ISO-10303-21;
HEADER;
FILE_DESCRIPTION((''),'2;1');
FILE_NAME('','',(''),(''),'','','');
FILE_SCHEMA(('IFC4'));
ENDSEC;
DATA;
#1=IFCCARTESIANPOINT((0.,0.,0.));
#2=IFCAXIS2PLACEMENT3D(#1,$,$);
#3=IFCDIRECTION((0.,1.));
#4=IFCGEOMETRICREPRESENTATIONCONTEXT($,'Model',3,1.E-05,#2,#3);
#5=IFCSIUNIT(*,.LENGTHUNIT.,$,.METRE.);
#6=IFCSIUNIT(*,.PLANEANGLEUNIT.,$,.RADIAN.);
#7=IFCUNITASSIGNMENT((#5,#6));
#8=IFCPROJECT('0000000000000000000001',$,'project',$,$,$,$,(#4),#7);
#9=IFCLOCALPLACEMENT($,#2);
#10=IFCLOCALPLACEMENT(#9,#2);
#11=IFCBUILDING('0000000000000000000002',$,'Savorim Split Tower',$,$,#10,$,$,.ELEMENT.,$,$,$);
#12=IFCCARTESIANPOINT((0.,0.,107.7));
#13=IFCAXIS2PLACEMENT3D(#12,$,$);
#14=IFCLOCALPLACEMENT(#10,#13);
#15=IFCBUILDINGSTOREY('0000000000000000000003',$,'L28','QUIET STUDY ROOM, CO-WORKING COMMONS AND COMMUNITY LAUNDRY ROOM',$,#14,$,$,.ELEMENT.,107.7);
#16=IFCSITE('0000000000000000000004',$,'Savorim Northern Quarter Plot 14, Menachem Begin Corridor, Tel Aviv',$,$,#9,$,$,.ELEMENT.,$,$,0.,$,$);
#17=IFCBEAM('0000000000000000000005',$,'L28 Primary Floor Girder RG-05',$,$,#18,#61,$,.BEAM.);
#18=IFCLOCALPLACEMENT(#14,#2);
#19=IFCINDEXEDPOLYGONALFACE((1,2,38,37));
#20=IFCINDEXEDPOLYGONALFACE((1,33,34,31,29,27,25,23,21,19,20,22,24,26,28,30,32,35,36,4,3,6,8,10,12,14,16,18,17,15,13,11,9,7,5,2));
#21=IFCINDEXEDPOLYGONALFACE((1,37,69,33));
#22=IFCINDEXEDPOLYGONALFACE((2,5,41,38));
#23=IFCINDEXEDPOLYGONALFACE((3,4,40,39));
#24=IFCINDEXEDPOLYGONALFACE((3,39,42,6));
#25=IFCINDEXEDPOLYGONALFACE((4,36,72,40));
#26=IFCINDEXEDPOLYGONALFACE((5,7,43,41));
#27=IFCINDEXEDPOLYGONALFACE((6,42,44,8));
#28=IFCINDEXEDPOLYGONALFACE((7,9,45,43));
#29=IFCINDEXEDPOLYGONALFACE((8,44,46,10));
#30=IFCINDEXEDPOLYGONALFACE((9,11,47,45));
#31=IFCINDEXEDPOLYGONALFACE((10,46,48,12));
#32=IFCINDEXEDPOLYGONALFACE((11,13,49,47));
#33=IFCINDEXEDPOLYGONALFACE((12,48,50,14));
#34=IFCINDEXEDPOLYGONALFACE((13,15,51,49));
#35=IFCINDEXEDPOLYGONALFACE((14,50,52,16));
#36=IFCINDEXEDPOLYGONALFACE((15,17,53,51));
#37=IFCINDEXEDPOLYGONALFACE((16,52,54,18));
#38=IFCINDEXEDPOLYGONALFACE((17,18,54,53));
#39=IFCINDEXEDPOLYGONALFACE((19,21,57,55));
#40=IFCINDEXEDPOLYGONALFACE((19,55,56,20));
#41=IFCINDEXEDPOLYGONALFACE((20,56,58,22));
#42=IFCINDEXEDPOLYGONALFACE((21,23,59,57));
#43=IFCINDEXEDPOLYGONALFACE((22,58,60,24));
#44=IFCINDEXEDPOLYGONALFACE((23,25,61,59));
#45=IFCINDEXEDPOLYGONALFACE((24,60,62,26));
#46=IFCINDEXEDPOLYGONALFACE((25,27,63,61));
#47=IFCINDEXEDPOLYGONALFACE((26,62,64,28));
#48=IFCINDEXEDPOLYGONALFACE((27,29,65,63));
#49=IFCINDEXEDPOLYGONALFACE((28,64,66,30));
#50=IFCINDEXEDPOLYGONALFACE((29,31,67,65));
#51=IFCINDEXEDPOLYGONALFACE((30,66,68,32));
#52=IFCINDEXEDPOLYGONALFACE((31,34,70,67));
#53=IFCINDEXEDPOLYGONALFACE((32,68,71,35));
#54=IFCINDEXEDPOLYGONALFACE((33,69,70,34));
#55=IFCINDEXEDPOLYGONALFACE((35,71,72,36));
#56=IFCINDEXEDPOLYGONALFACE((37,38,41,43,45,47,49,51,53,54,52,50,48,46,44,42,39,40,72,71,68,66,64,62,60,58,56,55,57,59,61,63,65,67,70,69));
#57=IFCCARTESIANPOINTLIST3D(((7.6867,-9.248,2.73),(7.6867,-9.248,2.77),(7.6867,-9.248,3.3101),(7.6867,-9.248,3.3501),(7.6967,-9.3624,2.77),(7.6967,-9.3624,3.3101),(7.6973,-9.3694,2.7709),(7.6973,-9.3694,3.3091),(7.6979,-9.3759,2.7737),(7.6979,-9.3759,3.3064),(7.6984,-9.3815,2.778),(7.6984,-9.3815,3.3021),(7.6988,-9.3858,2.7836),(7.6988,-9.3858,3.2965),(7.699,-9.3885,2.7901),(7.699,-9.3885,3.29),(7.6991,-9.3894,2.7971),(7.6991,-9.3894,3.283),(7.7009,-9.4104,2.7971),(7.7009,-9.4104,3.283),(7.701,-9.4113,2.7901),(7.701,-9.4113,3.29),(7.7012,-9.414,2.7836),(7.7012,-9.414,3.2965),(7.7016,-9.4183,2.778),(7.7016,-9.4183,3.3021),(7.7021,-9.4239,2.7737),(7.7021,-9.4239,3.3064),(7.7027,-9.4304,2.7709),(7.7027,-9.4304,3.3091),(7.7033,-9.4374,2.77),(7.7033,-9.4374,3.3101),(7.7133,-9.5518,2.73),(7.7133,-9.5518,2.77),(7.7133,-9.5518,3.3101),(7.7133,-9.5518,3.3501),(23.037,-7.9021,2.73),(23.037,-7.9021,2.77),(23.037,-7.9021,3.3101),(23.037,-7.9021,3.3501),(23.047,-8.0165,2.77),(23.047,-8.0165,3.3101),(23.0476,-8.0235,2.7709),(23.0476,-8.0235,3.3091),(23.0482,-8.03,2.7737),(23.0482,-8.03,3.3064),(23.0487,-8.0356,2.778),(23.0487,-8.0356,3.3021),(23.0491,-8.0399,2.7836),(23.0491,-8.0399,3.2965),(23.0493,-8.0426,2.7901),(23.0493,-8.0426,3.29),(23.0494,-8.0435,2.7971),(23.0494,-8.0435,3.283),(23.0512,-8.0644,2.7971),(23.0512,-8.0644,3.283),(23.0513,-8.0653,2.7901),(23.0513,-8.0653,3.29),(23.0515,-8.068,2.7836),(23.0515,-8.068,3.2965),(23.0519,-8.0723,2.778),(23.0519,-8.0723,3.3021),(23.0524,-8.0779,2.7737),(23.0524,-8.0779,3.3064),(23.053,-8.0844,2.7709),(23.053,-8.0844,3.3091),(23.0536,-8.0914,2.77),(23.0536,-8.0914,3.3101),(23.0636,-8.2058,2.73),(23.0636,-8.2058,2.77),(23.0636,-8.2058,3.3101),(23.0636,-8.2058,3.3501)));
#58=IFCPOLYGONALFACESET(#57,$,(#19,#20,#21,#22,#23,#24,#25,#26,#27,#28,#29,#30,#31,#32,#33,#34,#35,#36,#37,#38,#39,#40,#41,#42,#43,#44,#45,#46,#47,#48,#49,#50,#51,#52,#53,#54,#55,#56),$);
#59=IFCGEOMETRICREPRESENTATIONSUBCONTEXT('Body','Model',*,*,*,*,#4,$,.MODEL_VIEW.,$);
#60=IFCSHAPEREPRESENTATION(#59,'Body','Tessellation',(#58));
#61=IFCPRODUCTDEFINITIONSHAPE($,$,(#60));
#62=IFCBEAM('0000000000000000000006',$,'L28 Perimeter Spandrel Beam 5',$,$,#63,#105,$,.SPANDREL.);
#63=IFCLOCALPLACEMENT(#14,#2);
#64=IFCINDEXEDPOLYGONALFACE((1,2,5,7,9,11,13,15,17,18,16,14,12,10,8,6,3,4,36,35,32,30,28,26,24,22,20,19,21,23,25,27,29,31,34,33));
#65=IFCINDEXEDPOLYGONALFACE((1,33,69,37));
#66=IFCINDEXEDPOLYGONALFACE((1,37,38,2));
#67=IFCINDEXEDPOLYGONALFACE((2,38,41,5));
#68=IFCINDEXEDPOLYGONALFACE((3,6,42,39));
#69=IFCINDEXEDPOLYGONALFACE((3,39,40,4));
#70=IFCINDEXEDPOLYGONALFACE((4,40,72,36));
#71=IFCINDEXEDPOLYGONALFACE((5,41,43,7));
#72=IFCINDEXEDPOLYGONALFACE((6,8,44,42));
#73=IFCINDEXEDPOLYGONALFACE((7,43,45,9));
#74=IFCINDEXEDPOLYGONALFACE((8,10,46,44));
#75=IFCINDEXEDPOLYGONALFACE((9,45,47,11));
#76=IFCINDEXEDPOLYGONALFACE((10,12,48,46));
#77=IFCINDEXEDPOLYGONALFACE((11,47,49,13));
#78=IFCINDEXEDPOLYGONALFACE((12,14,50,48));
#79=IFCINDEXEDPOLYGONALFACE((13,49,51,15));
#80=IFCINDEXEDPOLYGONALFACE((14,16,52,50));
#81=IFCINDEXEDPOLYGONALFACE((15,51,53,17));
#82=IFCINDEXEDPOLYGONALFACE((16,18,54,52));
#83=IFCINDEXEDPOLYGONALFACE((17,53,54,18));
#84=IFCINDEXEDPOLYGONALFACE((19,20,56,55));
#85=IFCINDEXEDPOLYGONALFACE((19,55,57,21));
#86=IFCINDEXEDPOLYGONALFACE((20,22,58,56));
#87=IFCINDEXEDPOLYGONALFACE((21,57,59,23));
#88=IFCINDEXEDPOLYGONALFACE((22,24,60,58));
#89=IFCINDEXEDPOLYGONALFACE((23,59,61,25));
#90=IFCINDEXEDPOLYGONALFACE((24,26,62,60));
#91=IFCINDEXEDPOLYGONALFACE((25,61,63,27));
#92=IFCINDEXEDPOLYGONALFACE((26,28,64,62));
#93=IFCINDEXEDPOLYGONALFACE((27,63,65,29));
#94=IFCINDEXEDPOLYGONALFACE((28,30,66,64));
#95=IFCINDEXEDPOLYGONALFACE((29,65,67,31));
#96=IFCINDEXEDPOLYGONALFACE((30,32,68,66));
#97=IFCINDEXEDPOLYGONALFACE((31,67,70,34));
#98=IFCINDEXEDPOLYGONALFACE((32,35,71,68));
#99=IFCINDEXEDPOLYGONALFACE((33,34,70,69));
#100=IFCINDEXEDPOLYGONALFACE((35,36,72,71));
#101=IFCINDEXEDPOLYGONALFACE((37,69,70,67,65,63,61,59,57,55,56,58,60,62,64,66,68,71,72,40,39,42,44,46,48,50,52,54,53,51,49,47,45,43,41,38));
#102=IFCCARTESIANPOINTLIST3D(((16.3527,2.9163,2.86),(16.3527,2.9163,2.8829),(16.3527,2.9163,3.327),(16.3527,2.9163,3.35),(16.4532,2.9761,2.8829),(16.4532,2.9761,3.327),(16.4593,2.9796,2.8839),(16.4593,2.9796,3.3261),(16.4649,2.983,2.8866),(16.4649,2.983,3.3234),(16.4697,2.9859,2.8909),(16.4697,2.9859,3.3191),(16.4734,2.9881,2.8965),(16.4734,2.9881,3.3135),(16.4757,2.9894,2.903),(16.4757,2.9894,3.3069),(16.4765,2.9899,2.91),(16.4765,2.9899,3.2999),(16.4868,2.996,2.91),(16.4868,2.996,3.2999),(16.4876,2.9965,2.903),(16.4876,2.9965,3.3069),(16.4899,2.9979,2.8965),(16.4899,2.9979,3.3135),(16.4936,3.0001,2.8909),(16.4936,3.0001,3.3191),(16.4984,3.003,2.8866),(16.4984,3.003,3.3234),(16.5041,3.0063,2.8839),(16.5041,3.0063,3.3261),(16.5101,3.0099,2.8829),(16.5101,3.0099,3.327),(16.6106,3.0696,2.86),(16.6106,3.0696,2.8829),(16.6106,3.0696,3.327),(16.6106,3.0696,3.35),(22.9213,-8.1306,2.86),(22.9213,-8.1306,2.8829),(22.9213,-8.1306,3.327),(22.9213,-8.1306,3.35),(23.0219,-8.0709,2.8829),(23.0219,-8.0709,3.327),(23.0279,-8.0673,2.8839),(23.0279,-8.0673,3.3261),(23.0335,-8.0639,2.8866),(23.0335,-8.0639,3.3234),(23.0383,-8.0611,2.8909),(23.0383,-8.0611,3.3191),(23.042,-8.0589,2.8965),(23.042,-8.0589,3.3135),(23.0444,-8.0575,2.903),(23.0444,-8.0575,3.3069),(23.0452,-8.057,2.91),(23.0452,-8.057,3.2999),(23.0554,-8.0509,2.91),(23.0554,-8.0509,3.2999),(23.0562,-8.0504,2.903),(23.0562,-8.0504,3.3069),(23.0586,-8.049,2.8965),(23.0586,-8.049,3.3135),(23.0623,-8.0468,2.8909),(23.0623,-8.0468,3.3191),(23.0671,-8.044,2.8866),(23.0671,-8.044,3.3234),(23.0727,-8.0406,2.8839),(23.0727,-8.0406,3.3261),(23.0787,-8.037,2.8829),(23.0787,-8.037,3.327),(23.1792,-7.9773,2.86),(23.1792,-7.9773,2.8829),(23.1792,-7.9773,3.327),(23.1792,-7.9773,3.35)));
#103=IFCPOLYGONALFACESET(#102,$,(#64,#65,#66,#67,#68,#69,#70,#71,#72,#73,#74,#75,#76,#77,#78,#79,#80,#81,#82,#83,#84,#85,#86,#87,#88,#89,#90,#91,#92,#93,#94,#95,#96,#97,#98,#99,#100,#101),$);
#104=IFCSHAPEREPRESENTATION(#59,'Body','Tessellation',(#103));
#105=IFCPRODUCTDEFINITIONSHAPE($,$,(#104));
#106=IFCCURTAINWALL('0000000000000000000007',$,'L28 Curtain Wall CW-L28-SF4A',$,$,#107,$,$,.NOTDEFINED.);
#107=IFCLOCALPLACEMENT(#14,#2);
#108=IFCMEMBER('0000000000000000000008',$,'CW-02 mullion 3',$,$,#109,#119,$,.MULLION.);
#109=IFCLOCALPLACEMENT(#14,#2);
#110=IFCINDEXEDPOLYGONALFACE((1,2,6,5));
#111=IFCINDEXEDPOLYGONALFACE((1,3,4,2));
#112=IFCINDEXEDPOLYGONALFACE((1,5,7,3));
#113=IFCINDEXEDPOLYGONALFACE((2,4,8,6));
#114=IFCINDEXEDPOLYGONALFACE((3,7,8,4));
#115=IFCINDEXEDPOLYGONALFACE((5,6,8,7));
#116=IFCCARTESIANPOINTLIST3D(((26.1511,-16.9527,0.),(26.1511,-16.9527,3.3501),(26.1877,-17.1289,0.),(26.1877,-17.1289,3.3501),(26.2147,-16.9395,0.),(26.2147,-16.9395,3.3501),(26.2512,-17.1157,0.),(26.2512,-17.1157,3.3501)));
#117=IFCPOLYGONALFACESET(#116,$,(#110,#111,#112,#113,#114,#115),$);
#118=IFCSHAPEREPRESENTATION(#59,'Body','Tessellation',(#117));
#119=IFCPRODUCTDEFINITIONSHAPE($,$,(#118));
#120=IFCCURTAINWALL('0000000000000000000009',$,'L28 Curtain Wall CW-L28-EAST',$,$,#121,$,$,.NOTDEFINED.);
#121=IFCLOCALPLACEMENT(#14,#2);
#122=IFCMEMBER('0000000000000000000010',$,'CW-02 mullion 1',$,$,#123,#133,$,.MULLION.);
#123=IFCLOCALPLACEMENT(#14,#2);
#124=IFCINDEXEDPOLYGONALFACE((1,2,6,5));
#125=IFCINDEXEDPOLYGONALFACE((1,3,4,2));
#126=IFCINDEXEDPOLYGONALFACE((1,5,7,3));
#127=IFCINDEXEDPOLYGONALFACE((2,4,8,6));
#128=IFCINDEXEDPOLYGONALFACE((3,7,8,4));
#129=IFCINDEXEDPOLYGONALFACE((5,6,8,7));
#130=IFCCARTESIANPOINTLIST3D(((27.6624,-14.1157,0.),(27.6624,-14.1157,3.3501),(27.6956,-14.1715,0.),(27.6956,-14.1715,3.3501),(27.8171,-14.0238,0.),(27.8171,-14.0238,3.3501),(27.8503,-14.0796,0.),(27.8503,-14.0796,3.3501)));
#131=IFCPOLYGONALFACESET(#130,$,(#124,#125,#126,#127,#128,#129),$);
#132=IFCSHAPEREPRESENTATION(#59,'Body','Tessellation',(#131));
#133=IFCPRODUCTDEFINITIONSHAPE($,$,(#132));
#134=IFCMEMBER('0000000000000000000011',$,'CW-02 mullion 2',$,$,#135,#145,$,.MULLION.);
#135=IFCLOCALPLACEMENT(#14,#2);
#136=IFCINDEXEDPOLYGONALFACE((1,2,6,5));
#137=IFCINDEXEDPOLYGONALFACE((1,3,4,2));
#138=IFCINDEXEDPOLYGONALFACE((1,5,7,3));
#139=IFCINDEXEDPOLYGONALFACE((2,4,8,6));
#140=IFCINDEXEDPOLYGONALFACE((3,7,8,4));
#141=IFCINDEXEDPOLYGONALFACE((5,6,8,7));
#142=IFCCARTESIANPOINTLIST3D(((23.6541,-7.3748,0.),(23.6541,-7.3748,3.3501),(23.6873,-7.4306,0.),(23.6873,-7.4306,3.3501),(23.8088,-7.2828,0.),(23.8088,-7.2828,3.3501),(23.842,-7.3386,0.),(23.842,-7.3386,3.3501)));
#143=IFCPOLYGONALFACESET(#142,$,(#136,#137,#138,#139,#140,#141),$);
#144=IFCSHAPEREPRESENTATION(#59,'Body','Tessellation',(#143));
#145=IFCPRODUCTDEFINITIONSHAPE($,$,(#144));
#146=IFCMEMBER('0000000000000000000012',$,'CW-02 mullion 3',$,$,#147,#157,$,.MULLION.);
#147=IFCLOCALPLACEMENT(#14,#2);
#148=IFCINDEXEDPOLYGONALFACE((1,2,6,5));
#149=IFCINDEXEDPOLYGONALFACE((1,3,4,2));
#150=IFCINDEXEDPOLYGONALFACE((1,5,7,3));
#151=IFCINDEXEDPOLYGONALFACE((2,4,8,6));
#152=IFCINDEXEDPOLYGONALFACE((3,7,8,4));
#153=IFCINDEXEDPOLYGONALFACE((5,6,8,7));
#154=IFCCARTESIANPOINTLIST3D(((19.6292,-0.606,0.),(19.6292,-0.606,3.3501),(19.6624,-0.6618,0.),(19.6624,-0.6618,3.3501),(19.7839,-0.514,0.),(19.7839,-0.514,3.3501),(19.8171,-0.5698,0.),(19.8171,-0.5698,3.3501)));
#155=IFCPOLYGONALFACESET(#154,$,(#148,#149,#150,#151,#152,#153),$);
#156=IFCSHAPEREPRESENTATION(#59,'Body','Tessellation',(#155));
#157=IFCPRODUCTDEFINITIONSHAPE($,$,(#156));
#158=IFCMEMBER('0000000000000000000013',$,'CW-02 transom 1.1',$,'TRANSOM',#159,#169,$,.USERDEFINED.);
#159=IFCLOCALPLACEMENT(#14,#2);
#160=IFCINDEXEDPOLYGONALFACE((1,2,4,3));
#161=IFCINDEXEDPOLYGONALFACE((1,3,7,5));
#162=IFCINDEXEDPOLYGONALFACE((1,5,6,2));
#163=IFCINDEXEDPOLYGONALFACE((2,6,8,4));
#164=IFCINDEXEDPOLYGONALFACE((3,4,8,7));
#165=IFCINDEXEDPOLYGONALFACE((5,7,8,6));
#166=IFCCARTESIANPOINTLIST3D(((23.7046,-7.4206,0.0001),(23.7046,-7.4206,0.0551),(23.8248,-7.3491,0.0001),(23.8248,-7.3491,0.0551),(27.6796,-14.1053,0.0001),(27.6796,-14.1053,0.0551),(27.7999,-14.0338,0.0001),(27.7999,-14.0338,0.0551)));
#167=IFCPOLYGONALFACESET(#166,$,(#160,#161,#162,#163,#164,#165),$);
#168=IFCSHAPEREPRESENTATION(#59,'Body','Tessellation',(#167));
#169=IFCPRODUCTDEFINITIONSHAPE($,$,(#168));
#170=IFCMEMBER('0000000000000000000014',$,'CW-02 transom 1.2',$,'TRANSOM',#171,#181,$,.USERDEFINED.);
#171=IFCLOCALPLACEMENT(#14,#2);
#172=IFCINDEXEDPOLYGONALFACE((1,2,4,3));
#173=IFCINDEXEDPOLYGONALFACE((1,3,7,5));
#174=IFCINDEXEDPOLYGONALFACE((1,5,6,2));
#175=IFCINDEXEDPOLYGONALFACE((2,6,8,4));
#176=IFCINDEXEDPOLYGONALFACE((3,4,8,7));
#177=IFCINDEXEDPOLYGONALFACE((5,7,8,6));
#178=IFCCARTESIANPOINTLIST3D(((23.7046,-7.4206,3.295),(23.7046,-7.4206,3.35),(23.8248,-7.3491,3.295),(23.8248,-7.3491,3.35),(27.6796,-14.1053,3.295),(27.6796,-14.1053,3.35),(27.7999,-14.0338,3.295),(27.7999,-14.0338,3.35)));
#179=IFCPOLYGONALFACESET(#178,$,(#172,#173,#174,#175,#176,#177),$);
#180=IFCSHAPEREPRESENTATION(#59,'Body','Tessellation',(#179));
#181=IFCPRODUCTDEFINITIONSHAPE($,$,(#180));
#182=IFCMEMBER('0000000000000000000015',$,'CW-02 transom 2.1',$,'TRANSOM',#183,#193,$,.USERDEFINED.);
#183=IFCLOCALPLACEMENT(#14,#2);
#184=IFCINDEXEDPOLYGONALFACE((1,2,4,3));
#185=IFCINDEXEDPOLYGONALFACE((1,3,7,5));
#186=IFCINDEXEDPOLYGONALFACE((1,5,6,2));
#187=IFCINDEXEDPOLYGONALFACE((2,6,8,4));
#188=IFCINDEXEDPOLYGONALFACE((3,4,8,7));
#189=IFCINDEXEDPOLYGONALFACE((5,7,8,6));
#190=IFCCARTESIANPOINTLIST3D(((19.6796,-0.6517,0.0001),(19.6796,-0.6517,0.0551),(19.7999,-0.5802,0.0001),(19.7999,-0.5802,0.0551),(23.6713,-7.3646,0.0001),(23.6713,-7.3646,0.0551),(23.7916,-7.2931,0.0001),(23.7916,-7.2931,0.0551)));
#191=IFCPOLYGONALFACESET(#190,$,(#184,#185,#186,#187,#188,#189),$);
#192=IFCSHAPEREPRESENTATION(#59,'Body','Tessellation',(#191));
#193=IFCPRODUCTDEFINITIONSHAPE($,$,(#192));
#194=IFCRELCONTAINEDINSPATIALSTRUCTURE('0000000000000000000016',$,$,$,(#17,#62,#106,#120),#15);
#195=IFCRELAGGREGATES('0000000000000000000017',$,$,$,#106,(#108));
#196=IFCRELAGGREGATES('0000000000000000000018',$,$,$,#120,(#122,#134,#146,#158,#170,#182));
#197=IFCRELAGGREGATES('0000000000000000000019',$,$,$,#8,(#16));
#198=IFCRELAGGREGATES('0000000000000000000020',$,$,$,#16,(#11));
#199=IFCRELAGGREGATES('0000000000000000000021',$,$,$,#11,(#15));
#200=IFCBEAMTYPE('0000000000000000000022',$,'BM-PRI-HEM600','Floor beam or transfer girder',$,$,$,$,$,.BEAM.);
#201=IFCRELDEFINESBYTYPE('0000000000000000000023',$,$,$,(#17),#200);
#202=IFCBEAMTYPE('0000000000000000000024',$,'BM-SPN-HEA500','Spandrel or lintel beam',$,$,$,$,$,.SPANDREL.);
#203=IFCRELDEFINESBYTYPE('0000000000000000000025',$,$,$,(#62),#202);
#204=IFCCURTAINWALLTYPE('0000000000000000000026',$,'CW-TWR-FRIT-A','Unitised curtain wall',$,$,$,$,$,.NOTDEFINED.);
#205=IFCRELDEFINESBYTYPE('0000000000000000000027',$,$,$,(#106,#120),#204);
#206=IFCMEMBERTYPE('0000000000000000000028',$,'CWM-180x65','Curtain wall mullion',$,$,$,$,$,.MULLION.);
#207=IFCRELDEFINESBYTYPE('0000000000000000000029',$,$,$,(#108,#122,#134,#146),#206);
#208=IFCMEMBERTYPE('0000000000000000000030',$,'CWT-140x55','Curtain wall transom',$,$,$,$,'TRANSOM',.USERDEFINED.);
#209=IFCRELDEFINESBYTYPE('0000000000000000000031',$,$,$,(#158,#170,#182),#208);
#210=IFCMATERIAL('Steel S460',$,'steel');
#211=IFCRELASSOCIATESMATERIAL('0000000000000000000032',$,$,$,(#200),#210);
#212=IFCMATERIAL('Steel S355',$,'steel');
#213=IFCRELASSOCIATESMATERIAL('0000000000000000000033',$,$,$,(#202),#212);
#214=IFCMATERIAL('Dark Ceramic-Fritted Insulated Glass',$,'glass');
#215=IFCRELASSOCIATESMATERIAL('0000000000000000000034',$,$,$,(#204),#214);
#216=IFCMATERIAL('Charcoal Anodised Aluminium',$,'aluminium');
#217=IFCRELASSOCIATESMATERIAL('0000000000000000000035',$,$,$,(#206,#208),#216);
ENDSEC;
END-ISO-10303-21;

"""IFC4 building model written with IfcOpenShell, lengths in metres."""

from ifc_helpers import new_model, si_unit, direction, frame, origin, origin_2d, place, context, subcontext, project, spatial, rectangle, i_section, extrude, material, material_profile, profile_set, type_object, element, aggregate, save


model = new_model("IFC4")

# Units and contexts
model_context = context("Model", 3, precision=1e-05, world=origin(), true_north=direction((0.0, 1.0)))
body_context = subcontext(model_context, "Body", "Model", "MODEL_VIEW")
ifc_project = project(units=[si_unit("LENGTHUNIT", "METRE"), si_unit("PLANEANGLEUNIT", "RADIAN")], contexts=[model_context])

# Site, building, storey
site_placement = place(None, origin())
site = spatial("IfcSite", under=ifc_project, at=site_placement, Name="Savorim Northern Quarter Plot 14, Menachem Begin Corridor, Tel Aviv", CompositionType="ELEMENT", RefElevation=0.0)
building_placement = place(site_placement, origin())
building = spatial("IfcBuilding", under=site, at=building_placement, Name="Savorim Split Tower", CompositionType="ELEMENT")
storey_placement = place(building_placement, frame((0.0, 0.0, 107.7)))
storey = spatial("IfcBuildingStorey", under=building, at=storey_placement, Name="L28", Description="QUIET STUDY ROOM, CO-WORKING COMMONS AND COMMUNITY LAUNDRY ROOM", CompositionType="ELEMENT", Elevation=107.7)

# Shared definitions
ifc_material_1 = material(Name="Steel S460", Category="steel")

# Beams
ifc_material_2 = material(Name="Steel S355", Category="steel")
ifc_material_profile_1 = material_profile(ifc_material_1, i_section(OverallWidth=0.3049, OverallDepth=0.6201, WebThickness=0.021, FlangeThickness=0.04, FilletRadius=0.0271, at=origin_2d()), Name="HE 600 M")
ifc_profile_set_1 = profile_set([ifc_material_profile_1], Name="Steel S460")
beam_type_1 = type_object("IfcBeamType", Name="BM-PRI-HEM600", Description="Floor beam or transfer girder", PredefinedType="BEAM", material=ifc_profile_set_1)
beam_1_placement = place(storey_placement, frame((23.0503, -8.054, 3.04), z_axis=(-0.996178, -0.087347, 0.0), x_axis=(0.087347, -0.996178, 0.0)))
element("IfcBeam", 1, at=beam_1_placement, inside=storey, type_object=beam_type_1, Name="L28 Primary Floor Girder RG-05", PredefinedType="BEAM", context=body_context, shape_type="SweptSolid", body=[
    extrude(i_section(OverallWidth=0.3049, OverallDepth=0.6201, WebThickness=0.021, FlangeThickness=0.04, FilletRadius=0.0271, at=origin_2d()), origin(), (0.0, 0.0, 1.0), 15.4092),
])
ifc_material_profile_2 = material_profile(ifc_material_2, i_section(OverallWidth=0.3, OverallDepth=0.49, WebThickness=0.012, FlangeThickness=0.0229, FilletRadius=0.0271, at=origin_2d()), Name="HEA 500")
ifc_profile_set_2 = profile_set([ifc_material_profile_2], Name="Steel S355")
beam_type_2 = type_object("IfcBeamType", Name="BM-SPN-HEA500", Description="Spandrel or lintel beam", PredefinedType="SPANDREL", material=ifc_profile_set_2)
beam_2_placement = place(storey_placement, frame((23.0503, -8.054, 3.105), z_axis=(-0.511086, 0.859529, 0.0), x_axis=(-0.859529, -0.511086, 0.0)))
element("IfcBeam", 2, at=beam_2_placement, inside=storey, type_object=beam_type_2, Name="L28 Perimeter Spandrel Beam 5", PredefinedType="SPANDREL", context=body_context, shape_type="SweptSolid", body=[
    extrude(i_section(OverallWidth=0.3, OverallDepth=0.49, WebThickness=0.012, FlangeThickness=0.0229, FilletRadius=0.0271, at=origin_2d()), origin(), (0.0, 0.0, 1.0), 12.8523),
])

# Curtain wall, member
ifc_material_3 = material(Name="Dark Ceramic-Fritted Insulated Glass", Category="glass")
curtain_wall_type = type_object("IfcCurtainWallType", Name="CW-TWR-FRIT-A", Description="Unitised curtain wall", PredefinedType="NOTDEFINED", material=ifc_material_3)
curtain_wall_1_placement = place(storey_placement, origin())
curtain_wall_1 = element("IfcCurtainWall", 3, at=curtain_wall_1_placement, inside=storey, type_object=curtain_wall_type, Name="L28 Curtain Wall CW-L28-SF4A", PredefinedType="NOTDEFINED")
ifc_material_4 = material(Name="Charcoal Anodised Aluminium", Category="aluminium")
ifc_material_profile_3 = material_profile(ifc_material_4, rectangle(XDim=0.1799, YDim=0.0649, at=origin_2d()), Name="ALU-M 180x65")
ifc_profile_set_3 = profile_set([ifc_material_profile_3], Name="Charcoal Anodised Aluminium")
member_type_1 = type_object("IfcMemberType", Name="CWM-180x65", Description="Curtain wall mullion", PredefinedType="MULLION", material=ifc_profile_set_3)
member_1_placement = place(storey_placement, frame((26.2012, -17.0342, 0.0), z_axis=(0.0, 0.0, 1.0), x_axis=(-0.203216, 0.979134, 0.0)))
member_1 = element("IfcMember", 4, at=member_1_placement, type_object=member_type_1, Name="CW-02 mullion 3", PredefinedType="MULLION", context=body_context, shape_type="SweptSolid", body=[
    extrude(rectangle(XDim=0.1799, YDim=0.0649, at=origin_2d()), origin(), (0.0, 0.0, 1.0), 3.3501),
])
aggregate(curtain_wall_1, [member_1])

# Curtain wall, members
curtain_wall_2_placement = place(storey_placement, origin())
curtain_wall_2 = element("IfcCurtainWall", 5, at=curtain_wall_2_placement, inside=storey, type_object=curtain_wall_type, Name="L28 Curtain Wall CW-L28-EAST", PredefinedType="NOTDEFINED")
member_2_placement = place(storey_placement, frame((27.7563, -14.0977, 0.0), z_axis=(0.0, 0.0, 1.0), x_axis=(-0.859525, -0.511093, 0.0)))
member_2 = element("IfcMember", 6, at=member_2_placement, type_object=member_type_1, Name="CW-02 mullion 1", PredefinedType="MULLION", context=body_context, shape_type="SweptSolid", body=[
    extrude(rectangle(XDim=0.1799, YDim=0.0649, at=origin_2d()), origin(), (0.0, 0.0, 1.0), 3.3501),
])
member_3_placement = place(storey_placement, frame((23.748, -7.3567, 0.0), z_axis=(0.0, 0.0, 1.0), x_axis=(-0.859525, -0.511093, 0.0)))
member_3 = element("IfcMember", 7, at=member_3_placement, type_object=member_type_1, Name="CW-02 mullion 2", PredefinedType="MULLION", context=body_context, shape_type="SweptSolid", body=[
    extrude(rectangle(XDim=0.1799, YDim=0.0649, at=origin_2d()), origin(), (0.0, 0.0, 1.0), 3.3501),
])
member_4_placement = place(storey_placement, frame((19.7231, -0.5879, 0.0), z_axis=(0.0, 0.0, 1.0), x_axis=(-0.859525, -0.511093, 0.0)))
member_4 = element("IfcMember", 8, at=member_4_placement, type_object=member_type_1, Name="CW-02 mullion 3", PredefinedType="MULLION", context=body_context, shape_type="SweptSolid", body=[
    extrude(rectangle(XDim=0.1799, YDim=0.0649, at=origin_2d()), origin(), (0.0, 0.0, 1.0), 3.3501),
])
ifc_material_profile_4 = material_profile(ifc_material_4, rectangle(XDim=0.1399, YDim=0.0549, at=origin_2d()), Name="ALU-T 140x55")
ifc_profile_set_4 = profile_set([ifc_material_profile_4], Name="Charcoal Anodised Aluminium")
member_type_2 = type_object("IfcMemberType", Name="CWT-140x55", Description="Curtain wall transom", ElementType="TRANSOM", PredefinedType="USERDEFINED", material=ifc_profile_set_4)
member_5_placement = place(storey_placement, frame((27.7397, -14.0696, 0.0276), z_axis=(-0.511108, 0.859517, 0.0), x_axis=(-0.859517, -0.511108, 0.0)))
member_5 = element("IfcMember", 9, at=member_5_placement, type_object=member_type_2, Name="CW-02 transom 1.1", ObjectType="TRANSOM", PredefinedType="USERDEFINED", context=body_context, shape_type="SweptSolid", body=[
    extrude(rectangle(XDim=0.1399, YDim=0.0549, at=origin_2d()), origin(), (0.0, 0.0, 1.0), 7.7773),
])
member_6_placement = place(storey_placement, frame((27.7397, -14.0696, 3.3225), z_axis=(-0.511108, 0.859517, 0.0), x_axis=(-0.859517, -0.511108, 0.0)))
member_6 = element("IfcMember", 10, at=member_6_placement, type_object=member_type_2, Name="CW-02 transom 1.2", ObjectType="TRANSOM", PredefinedType="USERDEFINED", context=body_context, shape_type="SweptSolid", body=[
    extrude(rectangle(XDim=0.1399, YDim=0.0549, at=origin_2d()), origin(), (0.0, 0.0, 1.0), 7.7773),
])
member_7_placement = place(storey_placement, frame((23.7314, -7.3289, 0.0276), z_axis=(-0.511099, 0.859522, 0.0), x_axis=(-0.859522, -0.511099, 0.0)))
member_7 = element("IfcMember", 11, at=member_7_placement, type_object=member_type_2, Name="CW-02 transom 2.1", ObjectType="TRANSOM", PredefinedType="USERDEFINED", context=body_context, shape_type="SweptSolid", body=[
    extrude(rectangle(XDim=0.1399, YDim=0.0549, at=origin_2d()), origin(), (0.0, 0.0, 1.0), 7.8101),
])
aggregate(curtain_wall_2, [member_2, member_3, member_4, member_5, member_6, member_7])

save(model, "model.ifc")
